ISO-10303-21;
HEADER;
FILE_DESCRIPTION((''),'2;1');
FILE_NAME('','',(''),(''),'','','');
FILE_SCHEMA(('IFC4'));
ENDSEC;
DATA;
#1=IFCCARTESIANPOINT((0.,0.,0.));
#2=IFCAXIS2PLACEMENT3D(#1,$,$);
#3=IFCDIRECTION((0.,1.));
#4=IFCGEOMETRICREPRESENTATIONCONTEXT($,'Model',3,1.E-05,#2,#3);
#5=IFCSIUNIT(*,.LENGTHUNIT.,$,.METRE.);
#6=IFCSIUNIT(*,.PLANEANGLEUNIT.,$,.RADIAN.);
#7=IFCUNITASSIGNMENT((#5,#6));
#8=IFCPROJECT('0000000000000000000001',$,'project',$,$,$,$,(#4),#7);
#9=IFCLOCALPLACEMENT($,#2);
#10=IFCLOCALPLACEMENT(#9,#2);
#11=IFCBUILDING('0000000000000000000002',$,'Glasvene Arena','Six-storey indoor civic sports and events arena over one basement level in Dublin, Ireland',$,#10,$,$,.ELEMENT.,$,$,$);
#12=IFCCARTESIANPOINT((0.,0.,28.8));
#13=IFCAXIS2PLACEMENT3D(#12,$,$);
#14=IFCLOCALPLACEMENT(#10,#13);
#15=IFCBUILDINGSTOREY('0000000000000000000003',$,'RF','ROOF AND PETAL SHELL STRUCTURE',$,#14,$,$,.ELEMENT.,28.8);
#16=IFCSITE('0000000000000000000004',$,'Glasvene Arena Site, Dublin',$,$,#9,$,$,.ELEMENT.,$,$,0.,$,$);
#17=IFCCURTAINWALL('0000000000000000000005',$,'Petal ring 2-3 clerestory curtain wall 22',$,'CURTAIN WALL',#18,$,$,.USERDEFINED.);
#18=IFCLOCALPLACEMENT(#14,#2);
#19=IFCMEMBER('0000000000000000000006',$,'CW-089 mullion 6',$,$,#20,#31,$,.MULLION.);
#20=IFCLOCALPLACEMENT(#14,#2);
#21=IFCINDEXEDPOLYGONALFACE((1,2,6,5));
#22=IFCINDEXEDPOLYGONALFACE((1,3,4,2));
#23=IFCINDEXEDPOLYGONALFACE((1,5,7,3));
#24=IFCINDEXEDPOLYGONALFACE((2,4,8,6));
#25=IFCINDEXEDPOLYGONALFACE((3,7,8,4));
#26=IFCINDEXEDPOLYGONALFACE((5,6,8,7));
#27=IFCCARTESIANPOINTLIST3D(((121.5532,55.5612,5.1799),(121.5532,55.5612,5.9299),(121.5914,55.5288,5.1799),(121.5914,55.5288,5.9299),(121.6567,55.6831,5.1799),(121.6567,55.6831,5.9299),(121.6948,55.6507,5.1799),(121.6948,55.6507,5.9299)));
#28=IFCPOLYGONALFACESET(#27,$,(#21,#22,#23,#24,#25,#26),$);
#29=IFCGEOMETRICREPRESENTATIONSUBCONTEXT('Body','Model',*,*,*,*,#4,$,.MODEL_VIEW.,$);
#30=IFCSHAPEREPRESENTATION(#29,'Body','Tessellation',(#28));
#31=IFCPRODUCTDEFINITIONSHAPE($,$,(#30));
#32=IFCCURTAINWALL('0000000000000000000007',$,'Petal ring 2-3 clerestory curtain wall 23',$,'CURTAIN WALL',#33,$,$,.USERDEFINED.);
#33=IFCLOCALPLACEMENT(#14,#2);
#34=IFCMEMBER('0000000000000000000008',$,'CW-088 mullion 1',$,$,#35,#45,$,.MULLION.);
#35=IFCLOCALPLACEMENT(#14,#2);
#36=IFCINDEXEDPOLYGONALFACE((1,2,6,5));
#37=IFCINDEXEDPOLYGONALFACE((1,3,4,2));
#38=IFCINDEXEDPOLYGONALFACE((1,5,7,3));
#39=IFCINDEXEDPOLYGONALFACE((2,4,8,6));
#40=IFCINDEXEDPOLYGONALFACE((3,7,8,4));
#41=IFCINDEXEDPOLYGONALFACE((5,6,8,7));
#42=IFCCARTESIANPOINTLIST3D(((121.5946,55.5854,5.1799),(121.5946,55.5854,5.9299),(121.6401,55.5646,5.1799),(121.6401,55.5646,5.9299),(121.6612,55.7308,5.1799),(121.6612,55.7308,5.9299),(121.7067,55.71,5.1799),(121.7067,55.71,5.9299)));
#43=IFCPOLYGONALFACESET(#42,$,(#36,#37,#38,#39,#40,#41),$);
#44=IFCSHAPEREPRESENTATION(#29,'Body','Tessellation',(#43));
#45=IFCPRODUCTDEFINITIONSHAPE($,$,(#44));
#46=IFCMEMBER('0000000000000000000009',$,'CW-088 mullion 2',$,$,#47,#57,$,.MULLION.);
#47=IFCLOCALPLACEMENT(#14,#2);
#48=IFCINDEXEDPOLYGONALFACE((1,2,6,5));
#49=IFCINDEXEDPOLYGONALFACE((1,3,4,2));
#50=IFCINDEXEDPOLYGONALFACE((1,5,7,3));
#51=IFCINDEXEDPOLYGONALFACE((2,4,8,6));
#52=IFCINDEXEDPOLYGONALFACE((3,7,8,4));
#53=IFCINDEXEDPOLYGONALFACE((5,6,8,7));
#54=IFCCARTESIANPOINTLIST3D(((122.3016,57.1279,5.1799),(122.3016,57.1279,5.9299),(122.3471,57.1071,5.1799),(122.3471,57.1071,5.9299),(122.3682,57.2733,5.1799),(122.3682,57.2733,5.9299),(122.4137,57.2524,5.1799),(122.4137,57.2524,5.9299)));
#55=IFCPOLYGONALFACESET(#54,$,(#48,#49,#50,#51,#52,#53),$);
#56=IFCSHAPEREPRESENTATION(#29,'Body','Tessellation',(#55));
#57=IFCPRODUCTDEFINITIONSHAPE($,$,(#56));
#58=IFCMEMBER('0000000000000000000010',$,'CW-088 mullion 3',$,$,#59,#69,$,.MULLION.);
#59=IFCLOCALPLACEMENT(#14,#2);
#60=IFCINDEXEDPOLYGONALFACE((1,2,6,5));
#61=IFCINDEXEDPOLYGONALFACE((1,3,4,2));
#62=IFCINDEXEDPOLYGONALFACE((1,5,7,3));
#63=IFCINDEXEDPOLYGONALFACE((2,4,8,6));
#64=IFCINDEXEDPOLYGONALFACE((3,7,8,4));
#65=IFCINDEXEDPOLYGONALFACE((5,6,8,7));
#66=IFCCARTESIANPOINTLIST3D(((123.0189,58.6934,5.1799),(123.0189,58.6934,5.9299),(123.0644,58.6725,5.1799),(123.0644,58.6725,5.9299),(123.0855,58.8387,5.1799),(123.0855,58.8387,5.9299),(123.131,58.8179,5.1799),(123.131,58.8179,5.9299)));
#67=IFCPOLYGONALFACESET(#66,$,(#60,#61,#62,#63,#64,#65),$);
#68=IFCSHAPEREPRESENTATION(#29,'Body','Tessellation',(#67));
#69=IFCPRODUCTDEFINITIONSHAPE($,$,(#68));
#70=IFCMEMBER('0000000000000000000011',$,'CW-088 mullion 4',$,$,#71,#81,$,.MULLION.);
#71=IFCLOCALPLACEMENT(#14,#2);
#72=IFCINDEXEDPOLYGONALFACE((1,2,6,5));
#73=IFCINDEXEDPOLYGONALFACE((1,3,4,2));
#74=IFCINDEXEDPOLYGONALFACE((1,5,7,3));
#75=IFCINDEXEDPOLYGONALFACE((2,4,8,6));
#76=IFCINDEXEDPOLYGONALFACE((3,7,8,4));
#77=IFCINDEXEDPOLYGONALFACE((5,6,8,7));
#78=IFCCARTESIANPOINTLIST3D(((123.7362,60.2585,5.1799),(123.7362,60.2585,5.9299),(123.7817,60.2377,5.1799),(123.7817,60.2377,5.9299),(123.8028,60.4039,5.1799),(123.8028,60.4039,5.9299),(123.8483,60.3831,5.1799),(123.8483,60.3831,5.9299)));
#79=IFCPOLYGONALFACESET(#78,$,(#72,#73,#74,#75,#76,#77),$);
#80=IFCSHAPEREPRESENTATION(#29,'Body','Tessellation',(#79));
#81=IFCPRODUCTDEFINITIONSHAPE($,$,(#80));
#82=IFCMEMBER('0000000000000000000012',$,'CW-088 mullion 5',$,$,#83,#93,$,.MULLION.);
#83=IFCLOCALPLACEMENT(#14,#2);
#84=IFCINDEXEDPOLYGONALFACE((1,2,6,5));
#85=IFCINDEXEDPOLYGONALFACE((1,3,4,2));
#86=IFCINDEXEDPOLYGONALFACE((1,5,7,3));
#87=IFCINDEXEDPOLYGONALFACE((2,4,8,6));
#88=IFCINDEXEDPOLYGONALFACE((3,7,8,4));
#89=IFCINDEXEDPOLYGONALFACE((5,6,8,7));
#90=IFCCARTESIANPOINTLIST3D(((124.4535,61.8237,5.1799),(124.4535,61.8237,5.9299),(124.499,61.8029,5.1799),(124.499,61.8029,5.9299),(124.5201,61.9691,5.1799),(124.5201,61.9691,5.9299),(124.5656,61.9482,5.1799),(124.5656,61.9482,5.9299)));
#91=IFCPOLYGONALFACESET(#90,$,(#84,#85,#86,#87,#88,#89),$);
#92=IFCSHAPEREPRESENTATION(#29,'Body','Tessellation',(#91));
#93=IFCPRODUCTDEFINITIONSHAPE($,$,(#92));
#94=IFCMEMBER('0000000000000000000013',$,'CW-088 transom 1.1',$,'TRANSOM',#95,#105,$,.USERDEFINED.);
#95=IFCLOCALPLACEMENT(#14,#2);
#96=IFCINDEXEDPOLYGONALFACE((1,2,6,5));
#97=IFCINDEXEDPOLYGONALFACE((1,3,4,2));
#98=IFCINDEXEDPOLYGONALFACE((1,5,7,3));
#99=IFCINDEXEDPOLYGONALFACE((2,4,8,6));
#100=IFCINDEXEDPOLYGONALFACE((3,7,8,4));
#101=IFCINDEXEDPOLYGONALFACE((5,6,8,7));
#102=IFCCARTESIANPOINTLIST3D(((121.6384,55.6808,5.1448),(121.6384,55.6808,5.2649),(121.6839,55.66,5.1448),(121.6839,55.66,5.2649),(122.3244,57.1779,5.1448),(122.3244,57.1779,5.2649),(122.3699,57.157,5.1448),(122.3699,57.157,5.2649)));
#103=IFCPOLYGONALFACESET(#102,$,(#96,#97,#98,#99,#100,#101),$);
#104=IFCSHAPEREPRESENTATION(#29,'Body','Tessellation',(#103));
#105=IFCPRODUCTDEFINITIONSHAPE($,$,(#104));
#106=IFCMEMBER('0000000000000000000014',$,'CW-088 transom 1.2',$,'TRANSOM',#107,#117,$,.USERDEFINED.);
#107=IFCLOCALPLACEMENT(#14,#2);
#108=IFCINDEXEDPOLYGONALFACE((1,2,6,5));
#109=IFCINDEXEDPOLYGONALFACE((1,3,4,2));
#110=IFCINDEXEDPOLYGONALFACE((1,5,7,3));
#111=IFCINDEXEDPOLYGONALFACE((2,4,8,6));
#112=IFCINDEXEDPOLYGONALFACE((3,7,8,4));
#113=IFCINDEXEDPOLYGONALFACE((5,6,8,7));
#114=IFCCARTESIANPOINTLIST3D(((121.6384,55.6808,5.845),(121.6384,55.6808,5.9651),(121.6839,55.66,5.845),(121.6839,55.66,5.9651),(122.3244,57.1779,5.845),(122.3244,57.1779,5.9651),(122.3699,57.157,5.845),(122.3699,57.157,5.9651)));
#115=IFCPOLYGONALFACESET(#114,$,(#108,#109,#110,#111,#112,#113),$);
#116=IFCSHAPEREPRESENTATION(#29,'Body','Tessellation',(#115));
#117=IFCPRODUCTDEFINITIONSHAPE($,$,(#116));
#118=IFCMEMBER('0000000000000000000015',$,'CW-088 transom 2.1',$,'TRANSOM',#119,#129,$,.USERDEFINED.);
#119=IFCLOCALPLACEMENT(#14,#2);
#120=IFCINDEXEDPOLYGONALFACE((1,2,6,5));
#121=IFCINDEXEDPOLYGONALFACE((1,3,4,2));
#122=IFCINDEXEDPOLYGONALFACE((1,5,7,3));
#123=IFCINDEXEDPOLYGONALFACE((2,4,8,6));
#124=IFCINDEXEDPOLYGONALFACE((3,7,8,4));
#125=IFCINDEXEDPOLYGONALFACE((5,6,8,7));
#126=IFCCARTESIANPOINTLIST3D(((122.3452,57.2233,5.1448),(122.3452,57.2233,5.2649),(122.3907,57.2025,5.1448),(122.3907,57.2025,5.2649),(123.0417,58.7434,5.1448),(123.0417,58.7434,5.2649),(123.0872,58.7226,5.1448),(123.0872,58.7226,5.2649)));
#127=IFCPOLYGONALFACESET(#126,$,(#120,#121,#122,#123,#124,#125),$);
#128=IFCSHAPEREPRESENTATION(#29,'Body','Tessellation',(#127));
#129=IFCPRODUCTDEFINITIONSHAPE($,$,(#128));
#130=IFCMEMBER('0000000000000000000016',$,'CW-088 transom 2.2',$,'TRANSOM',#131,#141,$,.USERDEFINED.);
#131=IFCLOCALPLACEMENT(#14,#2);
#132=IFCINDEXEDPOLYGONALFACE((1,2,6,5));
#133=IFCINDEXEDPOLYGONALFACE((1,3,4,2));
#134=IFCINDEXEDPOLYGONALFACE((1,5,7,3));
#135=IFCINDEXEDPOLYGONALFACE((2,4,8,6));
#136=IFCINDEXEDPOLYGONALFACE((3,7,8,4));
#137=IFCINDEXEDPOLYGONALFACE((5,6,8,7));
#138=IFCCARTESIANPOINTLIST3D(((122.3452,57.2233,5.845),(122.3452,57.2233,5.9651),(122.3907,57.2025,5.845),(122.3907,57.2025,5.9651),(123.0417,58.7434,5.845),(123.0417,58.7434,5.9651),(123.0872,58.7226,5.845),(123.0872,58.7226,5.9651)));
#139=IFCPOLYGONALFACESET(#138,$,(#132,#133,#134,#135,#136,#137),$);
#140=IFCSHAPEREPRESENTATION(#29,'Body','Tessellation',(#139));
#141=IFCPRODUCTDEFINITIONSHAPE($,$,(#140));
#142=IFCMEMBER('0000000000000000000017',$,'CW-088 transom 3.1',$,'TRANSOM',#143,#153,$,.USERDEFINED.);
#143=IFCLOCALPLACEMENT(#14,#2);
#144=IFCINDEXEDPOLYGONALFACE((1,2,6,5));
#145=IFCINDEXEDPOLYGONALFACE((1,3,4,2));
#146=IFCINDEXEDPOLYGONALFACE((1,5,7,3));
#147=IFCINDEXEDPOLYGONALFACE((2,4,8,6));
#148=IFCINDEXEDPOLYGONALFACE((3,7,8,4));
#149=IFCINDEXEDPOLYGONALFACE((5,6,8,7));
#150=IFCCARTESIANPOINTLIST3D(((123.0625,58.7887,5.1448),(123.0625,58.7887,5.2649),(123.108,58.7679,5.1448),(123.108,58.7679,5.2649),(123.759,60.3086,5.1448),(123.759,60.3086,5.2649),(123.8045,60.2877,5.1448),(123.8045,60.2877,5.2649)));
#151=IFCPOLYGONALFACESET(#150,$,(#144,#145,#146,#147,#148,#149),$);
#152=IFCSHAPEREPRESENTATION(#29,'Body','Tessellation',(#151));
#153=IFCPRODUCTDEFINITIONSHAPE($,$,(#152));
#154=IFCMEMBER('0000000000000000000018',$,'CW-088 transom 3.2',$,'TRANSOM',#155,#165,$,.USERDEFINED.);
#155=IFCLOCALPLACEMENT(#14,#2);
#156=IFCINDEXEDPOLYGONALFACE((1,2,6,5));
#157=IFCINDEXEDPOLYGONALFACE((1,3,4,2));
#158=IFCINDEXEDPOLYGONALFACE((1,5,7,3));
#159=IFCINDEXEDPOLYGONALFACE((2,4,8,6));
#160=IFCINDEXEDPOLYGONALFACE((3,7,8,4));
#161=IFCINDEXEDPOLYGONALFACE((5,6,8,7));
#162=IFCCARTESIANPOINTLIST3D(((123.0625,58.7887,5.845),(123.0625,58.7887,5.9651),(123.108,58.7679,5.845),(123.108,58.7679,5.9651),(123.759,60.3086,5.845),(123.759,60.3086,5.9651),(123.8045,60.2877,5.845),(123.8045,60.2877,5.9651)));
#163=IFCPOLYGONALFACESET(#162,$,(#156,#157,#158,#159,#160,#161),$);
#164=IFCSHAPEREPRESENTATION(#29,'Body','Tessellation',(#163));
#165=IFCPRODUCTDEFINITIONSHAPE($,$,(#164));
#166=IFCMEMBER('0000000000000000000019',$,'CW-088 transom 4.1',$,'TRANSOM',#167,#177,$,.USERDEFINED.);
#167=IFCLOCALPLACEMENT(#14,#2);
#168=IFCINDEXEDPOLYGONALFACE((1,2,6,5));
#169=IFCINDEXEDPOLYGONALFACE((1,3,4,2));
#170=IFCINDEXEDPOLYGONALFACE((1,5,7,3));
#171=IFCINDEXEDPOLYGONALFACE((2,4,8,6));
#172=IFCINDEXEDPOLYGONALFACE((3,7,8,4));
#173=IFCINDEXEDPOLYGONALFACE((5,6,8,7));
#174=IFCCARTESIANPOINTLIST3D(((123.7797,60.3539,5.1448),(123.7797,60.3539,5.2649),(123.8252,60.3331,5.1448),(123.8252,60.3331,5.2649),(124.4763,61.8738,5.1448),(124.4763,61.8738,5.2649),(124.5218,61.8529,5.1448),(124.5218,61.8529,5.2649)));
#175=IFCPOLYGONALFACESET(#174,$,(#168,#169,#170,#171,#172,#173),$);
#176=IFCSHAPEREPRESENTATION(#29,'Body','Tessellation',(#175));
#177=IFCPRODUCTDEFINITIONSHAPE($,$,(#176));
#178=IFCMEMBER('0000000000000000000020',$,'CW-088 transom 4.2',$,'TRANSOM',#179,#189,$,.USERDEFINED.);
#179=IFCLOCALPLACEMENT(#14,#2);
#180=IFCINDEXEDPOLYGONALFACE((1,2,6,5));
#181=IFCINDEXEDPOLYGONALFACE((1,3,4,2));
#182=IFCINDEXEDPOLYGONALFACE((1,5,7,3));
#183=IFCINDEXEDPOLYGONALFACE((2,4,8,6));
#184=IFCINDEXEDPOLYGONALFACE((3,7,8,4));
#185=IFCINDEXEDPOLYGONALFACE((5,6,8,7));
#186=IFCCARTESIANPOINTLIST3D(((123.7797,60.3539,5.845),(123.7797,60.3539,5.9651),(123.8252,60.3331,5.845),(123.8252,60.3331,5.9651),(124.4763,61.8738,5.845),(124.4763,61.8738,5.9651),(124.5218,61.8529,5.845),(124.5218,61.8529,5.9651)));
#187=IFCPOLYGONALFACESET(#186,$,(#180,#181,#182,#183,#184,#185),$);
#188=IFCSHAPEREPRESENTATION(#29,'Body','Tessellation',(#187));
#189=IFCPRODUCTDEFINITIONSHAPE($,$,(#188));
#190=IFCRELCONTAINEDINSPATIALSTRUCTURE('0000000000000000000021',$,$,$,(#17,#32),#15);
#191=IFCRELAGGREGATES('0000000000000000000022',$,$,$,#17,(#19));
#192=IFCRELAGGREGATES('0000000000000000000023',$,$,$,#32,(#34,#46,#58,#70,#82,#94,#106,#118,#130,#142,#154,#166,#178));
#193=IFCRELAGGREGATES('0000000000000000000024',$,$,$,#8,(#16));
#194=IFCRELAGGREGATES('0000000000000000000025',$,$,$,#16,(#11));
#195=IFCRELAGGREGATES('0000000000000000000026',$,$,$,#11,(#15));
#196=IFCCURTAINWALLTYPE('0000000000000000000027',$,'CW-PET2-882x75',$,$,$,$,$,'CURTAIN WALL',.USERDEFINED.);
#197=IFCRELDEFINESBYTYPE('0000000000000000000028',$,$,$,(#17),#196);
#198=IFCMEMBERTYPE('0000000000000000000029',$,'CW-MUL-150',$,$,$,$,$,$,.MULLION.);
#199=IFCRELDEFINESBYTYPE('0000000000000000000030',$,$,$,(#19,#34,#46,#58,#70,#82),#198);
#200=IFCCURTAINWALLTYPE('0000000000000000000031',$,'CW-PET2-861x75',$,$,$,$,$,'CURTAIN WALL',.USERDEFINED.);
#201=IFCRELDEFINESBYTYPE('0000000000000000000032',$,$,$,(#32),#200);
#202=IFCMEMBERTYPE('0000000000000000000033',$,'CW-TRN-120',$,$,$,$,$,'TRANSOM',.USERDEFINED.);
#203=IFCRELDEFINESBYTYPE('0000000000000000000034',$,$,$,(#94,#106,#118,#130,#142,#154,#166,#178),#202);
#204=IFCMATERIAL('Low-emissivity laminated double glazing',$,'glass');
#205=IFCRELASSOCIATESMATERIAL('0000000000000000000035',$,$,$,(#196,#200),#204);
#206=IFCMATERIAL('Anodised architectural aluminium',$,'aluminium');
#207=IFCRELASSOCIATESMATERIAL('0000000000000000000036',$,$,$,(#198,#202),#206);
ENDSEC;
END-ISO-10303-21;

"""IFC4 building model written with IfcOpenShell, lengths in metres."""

from ifc_helpers import new_model, si_unit, direction, frame, origin, origin_2d, place, context, subcontext, project, spatial, rectangle, extrude, material, material_profile, profile_set, type_object, element, aggregate, save


model = new_model("IFC4")

# Units and contexts
model_context = context("Model", 3, precision=1e-05, world=origin(), true_north=direction((0.0, 1.0)))
body_context = subcontext(model_context, "Body", "Model", "MODEL_VIEW")
ifc_project = project(units=[si_unit("LENGTHUNIT", "METRE"), si_unit("PLANEANGLEUNIT", "RADIAN")], contexts=[model_context])

# Site, building, storey
site_placement = place(None, origin())
site = spatial("IfcSite", under=ifc_project, at=site_placement, Name="Glasvene Arena Site, Dublin", CompositionType="ELEMENT", RefElevation=0.0)
building_placement = place(site_placement, origin())
building = spatial("IfcBuilding", under=site, at=building_placement, Name="Glasvene Arena", Description="Six-storey indoor civic sports and events arena over one basement level in Dublin, Ireland", CompositionType="ELEMENT")
storey_placement = place(building_placement, frame((0.0, 0.0, 28.8)))
storey = spatial("IfcBuildingStorey", under=building, at=storey_placement, Name="RF", Description="ROOF AND PETAL SHELL STRUCTURE", CompositionType="ELEMENT", Elevation=28.8)

# Curtain wall, member
ifc_material_1 = material(Name="Low-emissivity laminated double glazing", Category="glass")
curtain_wall_type_1 = type_object("IfcCurtainWallType", Name="CW-PET2-882x75", ElementType="CURTAIN WALL", PredefinedType="USERDEFINED", material=ifc_material_1)
curtain_wall_1_placement = place(storey_placement, frame((115.9351, 48.9043, 0.0)))
curtain_wall_1 = element("IfcCurtainWall", 1, at=curtain_wall_1_placement, inside=storey, type_object=curtain_wall_type_1, Name="Petal ring 2-3 clerestory curtain wall 22", ObjectType="CURTAIN WALL", PredefinedType="USERDEFINED")
ifc_material_2 = material(Name="Anodised architectural aluminium", Category="aluminium")
ifc_material_profile_1 = material_profile(ifc_material_2, rectangle(XDim=0.05, YDim=0.1599, at=origin_2d()), Name="ALU MULLION 50x160")
ifc_profile_set_1 = profile_set([ifc_material_profile_1], Name="Anodised architectural aluminium")
member_type_1 = type_object("IfcMemberType", Name="CW-MUL-150", PredefinedType="MULLION", material=ifc_profile_set_1)
member_1_placement = place(storey_placement, frame((121.624, 55.606, 5.1799), z_axis=(0.0, 0.0, 1.0), x_axis=(-0.762348, 0.647167, 0.0)))
member_1 = element("IfcMember", 2, at=member_1_placement, type_object=member_type_1, Name="CW-089 mullion 6", PredefinedType="MULLION", context=body_context, shape_type="SweptSolid", body=[
    extrude(rectangle(XDim=0.05, YDim=0.1599, at=origin_2d()), origin(), (0.0, 0.0, 1.0), 0.75),
])
aggregate(curtain_wall_1, [member_1])

# Curtain wall, members
curtain_wall_type_2 = type_object("IfcCurtainWallType", Name="CW-PET2-861x75", ElementType="CURTAIN WALL", PredefinedType="USERDEFINED", material=ifc_material_1)
curtain_wall_2_placement = place(storey_placement, frame((121.6404, 55.625, 0.0)))
curtain_wall_2 = element("IfcCurtainWall", 3, at=curtain_wall_2_placement, inside=storey, type_object=curtain_wall_type_2, Name="Petal ring 2-3 clerestory curtain wall 23", ObjectType="CURTAIN WALL", PredefinedType="USERDEFINED")
member_2_placement = place(storey_placement, frame((121.6506, 55.6477, 5.1799), z_axis=(0.0, 0.0, 1.0), x_axis=(-0.909094, 0.416592, 0.0)))
member_2 = element("IfcMember", 4, at=member_2_placement, type_object=member_type_1, Name="CW-088 mullion 1", PredefinedType="MULLION", context=body_context, shape_type="SweptSolid", body=[
    extrude(rectangle(XDim=0.05, YDim=0.1599, at=origin_2d()), origin(), (0.0, 0.0, 1.0), 0.75),
])
member_3_placement = place(storey_placement, frame((122.3577, 57.1902, 5.1799), z_axis=(0.0, 0.0, 1.0), x_axis=(-0.909094, 0.416592, 0.0)))
member_3 = element("IfcMember", 5, at=member_3_placement, type_object=member_type_1, Name="CW-088 mullion 2", PredefinedType="MULLION", context=body_context, shape_type="SweptSolid", body=[
    extrude(rectangle(XDim=0.05, YDim=0.1599, at=origin_2d()), origin(), (0.0, 0.0, 1.0), 0.75),
])
member_4_placement = place(storey_placement, frame((123.075, 58.7556, 5.1799), z_axis=(0.0, 0.0, 1.0), x_axis=(-0.909094, 0.416592, 0.0)))
member_4 = element("IfcMember", 6, at=member_4_placement, type_object=member_type_1, Name="CW-088 mullion 3", PredefinedType="MULLION", context=body_context, shape_type="SweptSolid", body=[
    extrude(rectangle(XDim=0.05, YDim=0.1599, at=origin_2d()), origin(), (0.0, 0.0, 1.0), 0.75),
])
member_5_placement = place(storey_placement, frame((123.7922, 60.3208, 5.1799), z_axis=(0.0, 0.0, 1.0), x_axis=(-0.909094, 0.416592, 0.0)))
member_5 = element("IfcMember", 7, at=member_5_placement, type_object=member_type_1, Name="CW-088 mullion 4", PredefinedType="MULLION", context=body_context, shape_type="SweptSolid", body=[
    extrude(rectangle(XDim=0.05, YDim=0.1599, at=origin_2d()), origin(), (0.0, 0.0, 1.0), 0.75),
])
member_6_placement = place(storey_placement, frame((124.5095, 61.886, 5.1799), z_axis=(0.0, 0.0, 1.0), x_axis=(-0.909094, 0.416592, 0.0)))
member_6 = element("IfcMember", 8, at=member_6_placement, type_object=member_type_1, Name="CW-088 mullion 5", PredefinedType="MULLION", context=body_context, shape_type="SweptSolid", body=[
    extrude(rectangle(XDim=0.05, YDim=0.1599, at=origin_2d()), origin(), (0.0, 0.0, 1.0), 0.75),
])
ifc_material_profile_2 = material_profile(ifc_material_2, rectangle(XDim=0.05, YDim=0.1201, at=origin_2d()), Name="ALU TRANSOM 50x120")
ifc_profile_set_2 = profile_set([ifc_material_profile_2], Name="Anodised architectural aluminium")
member_type_2 = type_object("IfcMemberType", Name="CW-TRN-120", ElementType="TRANSOM", PredefinedType="USERDEFINED", material=ifc_profile_set_2)
member_7_placement = place(storey_placement, frame((121.6611, 55.6704, 5.2048), z_axis=(0.416593, 0.909093, 0.0), x_axis=(-0.909093, 0.416593, 0.0)))
member_7 = element("IfcMember", 9, at=member_7_placement, type_object=member_type_2, Name="CW-088 transom 1.1", ObjectType="TRANSOM", PredefinedType="USERDEFINED", context=body_context, shape_type="SweptSolid", body=[
    extrude(rectangle(XDim=0.05, YDim=0.1201, at=origin_2d()), origin(), (0.0, 0.0, 1.0), 1.6467),
])
member_8_placement = place(storey_placement, frame((121.6611, 55.6704, 5.905), z_axis=(0.416593, 0.909093, 0.0), x_axis=(-0.909093, 0.416593, 0.0)))
member_8 = element("IfcMember", 10, at=member_8_placement, type_object=member_type_2, Name="CW-088 transom 1.2", ObjectType="TRANSOM", PredefinedType="USERDEFINED", context=body_context, shape_type="SweptSolid", body=[
    extrude(rectangle(XDim=0.05, YDim=0.1201, at=origin_2d()), origin(), (0.0, 0.0, 1.0), 1.6467),
])
member_9_placement = place(storey_placement, frame((122.3679, 57.2129, 5.2048), z_axis=(0.416584, 0.909097, 0.0), x_axis=(-0.909097, 0.416584, 0.0)))
member_9 = element("IfcMember", 11, at=member_9_placement, type_object=member_type_2, Name="CW-088 transom 2.1", ObjectType="TRANSOM", PredefinedType="USERDEFINED", context=body_context, shape_type="SweptSolid", body=[
    extrude(rectangle(XDim=0.05, YDim=0.1201, at=origin_2d()), origin(), (0.0, 0.0, 1.0), 1.6721),
])
member_10_placement = place(storey_placement, frame((122.3679, 57.2129, 5.905), z_axis=(0.416584, 0.909097, 0.0), x_axis=(-0.909097, 0.416584, 0.0)))
member_10 = element("IfcMember", 12, at=member_10_placement, type_object=member_type_2, Name="CW-088 transom 2.2", ObjectType="TRANSOM", PredefinedType="USERDEFINED", context=body_context, shape_type="SweptSolid", body=[
    extrude(rectangle(XDim=0.05, YDim=0.1201, at=origin_2d()), origin(), (0.0, 0.0, 1.0), 1.6721),
])
member_11_placement = place(storey_placement, frame((123.0852, 58.7783, 5.2048), z_axis=(0.41664, 0.909072, 0.0), x_axis=(-0.909072, 0.41664, 0.0)))
member_11 = element("IfcMember", 13, at=member_11_placement, type_object=member_type_2, Name="CW-088 transom 3.1", ObjectType="TRANSOM", PredefinedType="USERDEFINED", context=body_context, shape_type="SweptSolid", body=[
    extrude(rectangle(XDim=0.05, YDim=0.1201, at=origin_2d()), origin(), (0.0, 0.0, 1.0), 1.6719),
])
member_12_placement = place(storey_placement, frame((123.0852, 58.7783, 5.905), z_axis=(0.41664, 0.909072, 0.0), x_axis=(-0.909072, 0.41664, 0.0)))
member_12 = element("IfcMember", 14, at=member_12_placement, type_object=member_type_2, Name="CW-088 transom 3.2", ObjectType="TRANSOM", PredefinedType="USERDEFINED", context=body_context, shape_type="SweptSolid", body=[
    extrude(rectangle(XDim=0.05, YDim=0.1201, at=origin_2d()), origin(), (0.0, 0.0, 1.0), 1.6719),
])
member_13_placement = place(storey_placement, frame((123.8025, 60.3435, 5.2048), z_axis=(0.41664, 0.909072, 0.0), x_axis=(-0.909072, 0.41664, 0.0)))
member_13 = element("IfcMember", 15, at=member_13_placement, type_object=member_type_2, Name="CW-088 transom 4.1", ObjectType="TRANSOM", PredefinedType="USERDEFINED", context=body_context, shape_type="SweptSolid", body=[
    extrude(rectangle(XDim=0.05, YDim=0.1201, at=origin_2d()), origin(), (0.0, 0.0, 1.0), 1.6719),
])
member_14_placement = place(storey_placement, frame((123.8025, 60.3435, 5.905), z_axis=(0.41664, 0.909072, 0.0), x_axis=(-0.909072, 0.41664, 0.0)))
member_14 = element("IfcMember", 16, at=member_14_placement, type_object=member_type_2, Name="CW-088 transom 4.2", ObjectType="TRANSOM", PredefinedType="USERDEFINED", context=body_context, shape_type="SweptSolid", body=[
    extrude(rectangle(XDim=0.05, YDim=0.1201, at=origin_2d()), origin(), (0.0, 0.0, 1.0), 1.6719),
])

aggregate(curtain_wall_2, [member_2, member_3, member_4, member_5, member_6, member_7, member_8, member_9, member_10, member_11, member_12, member_13, member_14])

save(model, "model.ifc")
